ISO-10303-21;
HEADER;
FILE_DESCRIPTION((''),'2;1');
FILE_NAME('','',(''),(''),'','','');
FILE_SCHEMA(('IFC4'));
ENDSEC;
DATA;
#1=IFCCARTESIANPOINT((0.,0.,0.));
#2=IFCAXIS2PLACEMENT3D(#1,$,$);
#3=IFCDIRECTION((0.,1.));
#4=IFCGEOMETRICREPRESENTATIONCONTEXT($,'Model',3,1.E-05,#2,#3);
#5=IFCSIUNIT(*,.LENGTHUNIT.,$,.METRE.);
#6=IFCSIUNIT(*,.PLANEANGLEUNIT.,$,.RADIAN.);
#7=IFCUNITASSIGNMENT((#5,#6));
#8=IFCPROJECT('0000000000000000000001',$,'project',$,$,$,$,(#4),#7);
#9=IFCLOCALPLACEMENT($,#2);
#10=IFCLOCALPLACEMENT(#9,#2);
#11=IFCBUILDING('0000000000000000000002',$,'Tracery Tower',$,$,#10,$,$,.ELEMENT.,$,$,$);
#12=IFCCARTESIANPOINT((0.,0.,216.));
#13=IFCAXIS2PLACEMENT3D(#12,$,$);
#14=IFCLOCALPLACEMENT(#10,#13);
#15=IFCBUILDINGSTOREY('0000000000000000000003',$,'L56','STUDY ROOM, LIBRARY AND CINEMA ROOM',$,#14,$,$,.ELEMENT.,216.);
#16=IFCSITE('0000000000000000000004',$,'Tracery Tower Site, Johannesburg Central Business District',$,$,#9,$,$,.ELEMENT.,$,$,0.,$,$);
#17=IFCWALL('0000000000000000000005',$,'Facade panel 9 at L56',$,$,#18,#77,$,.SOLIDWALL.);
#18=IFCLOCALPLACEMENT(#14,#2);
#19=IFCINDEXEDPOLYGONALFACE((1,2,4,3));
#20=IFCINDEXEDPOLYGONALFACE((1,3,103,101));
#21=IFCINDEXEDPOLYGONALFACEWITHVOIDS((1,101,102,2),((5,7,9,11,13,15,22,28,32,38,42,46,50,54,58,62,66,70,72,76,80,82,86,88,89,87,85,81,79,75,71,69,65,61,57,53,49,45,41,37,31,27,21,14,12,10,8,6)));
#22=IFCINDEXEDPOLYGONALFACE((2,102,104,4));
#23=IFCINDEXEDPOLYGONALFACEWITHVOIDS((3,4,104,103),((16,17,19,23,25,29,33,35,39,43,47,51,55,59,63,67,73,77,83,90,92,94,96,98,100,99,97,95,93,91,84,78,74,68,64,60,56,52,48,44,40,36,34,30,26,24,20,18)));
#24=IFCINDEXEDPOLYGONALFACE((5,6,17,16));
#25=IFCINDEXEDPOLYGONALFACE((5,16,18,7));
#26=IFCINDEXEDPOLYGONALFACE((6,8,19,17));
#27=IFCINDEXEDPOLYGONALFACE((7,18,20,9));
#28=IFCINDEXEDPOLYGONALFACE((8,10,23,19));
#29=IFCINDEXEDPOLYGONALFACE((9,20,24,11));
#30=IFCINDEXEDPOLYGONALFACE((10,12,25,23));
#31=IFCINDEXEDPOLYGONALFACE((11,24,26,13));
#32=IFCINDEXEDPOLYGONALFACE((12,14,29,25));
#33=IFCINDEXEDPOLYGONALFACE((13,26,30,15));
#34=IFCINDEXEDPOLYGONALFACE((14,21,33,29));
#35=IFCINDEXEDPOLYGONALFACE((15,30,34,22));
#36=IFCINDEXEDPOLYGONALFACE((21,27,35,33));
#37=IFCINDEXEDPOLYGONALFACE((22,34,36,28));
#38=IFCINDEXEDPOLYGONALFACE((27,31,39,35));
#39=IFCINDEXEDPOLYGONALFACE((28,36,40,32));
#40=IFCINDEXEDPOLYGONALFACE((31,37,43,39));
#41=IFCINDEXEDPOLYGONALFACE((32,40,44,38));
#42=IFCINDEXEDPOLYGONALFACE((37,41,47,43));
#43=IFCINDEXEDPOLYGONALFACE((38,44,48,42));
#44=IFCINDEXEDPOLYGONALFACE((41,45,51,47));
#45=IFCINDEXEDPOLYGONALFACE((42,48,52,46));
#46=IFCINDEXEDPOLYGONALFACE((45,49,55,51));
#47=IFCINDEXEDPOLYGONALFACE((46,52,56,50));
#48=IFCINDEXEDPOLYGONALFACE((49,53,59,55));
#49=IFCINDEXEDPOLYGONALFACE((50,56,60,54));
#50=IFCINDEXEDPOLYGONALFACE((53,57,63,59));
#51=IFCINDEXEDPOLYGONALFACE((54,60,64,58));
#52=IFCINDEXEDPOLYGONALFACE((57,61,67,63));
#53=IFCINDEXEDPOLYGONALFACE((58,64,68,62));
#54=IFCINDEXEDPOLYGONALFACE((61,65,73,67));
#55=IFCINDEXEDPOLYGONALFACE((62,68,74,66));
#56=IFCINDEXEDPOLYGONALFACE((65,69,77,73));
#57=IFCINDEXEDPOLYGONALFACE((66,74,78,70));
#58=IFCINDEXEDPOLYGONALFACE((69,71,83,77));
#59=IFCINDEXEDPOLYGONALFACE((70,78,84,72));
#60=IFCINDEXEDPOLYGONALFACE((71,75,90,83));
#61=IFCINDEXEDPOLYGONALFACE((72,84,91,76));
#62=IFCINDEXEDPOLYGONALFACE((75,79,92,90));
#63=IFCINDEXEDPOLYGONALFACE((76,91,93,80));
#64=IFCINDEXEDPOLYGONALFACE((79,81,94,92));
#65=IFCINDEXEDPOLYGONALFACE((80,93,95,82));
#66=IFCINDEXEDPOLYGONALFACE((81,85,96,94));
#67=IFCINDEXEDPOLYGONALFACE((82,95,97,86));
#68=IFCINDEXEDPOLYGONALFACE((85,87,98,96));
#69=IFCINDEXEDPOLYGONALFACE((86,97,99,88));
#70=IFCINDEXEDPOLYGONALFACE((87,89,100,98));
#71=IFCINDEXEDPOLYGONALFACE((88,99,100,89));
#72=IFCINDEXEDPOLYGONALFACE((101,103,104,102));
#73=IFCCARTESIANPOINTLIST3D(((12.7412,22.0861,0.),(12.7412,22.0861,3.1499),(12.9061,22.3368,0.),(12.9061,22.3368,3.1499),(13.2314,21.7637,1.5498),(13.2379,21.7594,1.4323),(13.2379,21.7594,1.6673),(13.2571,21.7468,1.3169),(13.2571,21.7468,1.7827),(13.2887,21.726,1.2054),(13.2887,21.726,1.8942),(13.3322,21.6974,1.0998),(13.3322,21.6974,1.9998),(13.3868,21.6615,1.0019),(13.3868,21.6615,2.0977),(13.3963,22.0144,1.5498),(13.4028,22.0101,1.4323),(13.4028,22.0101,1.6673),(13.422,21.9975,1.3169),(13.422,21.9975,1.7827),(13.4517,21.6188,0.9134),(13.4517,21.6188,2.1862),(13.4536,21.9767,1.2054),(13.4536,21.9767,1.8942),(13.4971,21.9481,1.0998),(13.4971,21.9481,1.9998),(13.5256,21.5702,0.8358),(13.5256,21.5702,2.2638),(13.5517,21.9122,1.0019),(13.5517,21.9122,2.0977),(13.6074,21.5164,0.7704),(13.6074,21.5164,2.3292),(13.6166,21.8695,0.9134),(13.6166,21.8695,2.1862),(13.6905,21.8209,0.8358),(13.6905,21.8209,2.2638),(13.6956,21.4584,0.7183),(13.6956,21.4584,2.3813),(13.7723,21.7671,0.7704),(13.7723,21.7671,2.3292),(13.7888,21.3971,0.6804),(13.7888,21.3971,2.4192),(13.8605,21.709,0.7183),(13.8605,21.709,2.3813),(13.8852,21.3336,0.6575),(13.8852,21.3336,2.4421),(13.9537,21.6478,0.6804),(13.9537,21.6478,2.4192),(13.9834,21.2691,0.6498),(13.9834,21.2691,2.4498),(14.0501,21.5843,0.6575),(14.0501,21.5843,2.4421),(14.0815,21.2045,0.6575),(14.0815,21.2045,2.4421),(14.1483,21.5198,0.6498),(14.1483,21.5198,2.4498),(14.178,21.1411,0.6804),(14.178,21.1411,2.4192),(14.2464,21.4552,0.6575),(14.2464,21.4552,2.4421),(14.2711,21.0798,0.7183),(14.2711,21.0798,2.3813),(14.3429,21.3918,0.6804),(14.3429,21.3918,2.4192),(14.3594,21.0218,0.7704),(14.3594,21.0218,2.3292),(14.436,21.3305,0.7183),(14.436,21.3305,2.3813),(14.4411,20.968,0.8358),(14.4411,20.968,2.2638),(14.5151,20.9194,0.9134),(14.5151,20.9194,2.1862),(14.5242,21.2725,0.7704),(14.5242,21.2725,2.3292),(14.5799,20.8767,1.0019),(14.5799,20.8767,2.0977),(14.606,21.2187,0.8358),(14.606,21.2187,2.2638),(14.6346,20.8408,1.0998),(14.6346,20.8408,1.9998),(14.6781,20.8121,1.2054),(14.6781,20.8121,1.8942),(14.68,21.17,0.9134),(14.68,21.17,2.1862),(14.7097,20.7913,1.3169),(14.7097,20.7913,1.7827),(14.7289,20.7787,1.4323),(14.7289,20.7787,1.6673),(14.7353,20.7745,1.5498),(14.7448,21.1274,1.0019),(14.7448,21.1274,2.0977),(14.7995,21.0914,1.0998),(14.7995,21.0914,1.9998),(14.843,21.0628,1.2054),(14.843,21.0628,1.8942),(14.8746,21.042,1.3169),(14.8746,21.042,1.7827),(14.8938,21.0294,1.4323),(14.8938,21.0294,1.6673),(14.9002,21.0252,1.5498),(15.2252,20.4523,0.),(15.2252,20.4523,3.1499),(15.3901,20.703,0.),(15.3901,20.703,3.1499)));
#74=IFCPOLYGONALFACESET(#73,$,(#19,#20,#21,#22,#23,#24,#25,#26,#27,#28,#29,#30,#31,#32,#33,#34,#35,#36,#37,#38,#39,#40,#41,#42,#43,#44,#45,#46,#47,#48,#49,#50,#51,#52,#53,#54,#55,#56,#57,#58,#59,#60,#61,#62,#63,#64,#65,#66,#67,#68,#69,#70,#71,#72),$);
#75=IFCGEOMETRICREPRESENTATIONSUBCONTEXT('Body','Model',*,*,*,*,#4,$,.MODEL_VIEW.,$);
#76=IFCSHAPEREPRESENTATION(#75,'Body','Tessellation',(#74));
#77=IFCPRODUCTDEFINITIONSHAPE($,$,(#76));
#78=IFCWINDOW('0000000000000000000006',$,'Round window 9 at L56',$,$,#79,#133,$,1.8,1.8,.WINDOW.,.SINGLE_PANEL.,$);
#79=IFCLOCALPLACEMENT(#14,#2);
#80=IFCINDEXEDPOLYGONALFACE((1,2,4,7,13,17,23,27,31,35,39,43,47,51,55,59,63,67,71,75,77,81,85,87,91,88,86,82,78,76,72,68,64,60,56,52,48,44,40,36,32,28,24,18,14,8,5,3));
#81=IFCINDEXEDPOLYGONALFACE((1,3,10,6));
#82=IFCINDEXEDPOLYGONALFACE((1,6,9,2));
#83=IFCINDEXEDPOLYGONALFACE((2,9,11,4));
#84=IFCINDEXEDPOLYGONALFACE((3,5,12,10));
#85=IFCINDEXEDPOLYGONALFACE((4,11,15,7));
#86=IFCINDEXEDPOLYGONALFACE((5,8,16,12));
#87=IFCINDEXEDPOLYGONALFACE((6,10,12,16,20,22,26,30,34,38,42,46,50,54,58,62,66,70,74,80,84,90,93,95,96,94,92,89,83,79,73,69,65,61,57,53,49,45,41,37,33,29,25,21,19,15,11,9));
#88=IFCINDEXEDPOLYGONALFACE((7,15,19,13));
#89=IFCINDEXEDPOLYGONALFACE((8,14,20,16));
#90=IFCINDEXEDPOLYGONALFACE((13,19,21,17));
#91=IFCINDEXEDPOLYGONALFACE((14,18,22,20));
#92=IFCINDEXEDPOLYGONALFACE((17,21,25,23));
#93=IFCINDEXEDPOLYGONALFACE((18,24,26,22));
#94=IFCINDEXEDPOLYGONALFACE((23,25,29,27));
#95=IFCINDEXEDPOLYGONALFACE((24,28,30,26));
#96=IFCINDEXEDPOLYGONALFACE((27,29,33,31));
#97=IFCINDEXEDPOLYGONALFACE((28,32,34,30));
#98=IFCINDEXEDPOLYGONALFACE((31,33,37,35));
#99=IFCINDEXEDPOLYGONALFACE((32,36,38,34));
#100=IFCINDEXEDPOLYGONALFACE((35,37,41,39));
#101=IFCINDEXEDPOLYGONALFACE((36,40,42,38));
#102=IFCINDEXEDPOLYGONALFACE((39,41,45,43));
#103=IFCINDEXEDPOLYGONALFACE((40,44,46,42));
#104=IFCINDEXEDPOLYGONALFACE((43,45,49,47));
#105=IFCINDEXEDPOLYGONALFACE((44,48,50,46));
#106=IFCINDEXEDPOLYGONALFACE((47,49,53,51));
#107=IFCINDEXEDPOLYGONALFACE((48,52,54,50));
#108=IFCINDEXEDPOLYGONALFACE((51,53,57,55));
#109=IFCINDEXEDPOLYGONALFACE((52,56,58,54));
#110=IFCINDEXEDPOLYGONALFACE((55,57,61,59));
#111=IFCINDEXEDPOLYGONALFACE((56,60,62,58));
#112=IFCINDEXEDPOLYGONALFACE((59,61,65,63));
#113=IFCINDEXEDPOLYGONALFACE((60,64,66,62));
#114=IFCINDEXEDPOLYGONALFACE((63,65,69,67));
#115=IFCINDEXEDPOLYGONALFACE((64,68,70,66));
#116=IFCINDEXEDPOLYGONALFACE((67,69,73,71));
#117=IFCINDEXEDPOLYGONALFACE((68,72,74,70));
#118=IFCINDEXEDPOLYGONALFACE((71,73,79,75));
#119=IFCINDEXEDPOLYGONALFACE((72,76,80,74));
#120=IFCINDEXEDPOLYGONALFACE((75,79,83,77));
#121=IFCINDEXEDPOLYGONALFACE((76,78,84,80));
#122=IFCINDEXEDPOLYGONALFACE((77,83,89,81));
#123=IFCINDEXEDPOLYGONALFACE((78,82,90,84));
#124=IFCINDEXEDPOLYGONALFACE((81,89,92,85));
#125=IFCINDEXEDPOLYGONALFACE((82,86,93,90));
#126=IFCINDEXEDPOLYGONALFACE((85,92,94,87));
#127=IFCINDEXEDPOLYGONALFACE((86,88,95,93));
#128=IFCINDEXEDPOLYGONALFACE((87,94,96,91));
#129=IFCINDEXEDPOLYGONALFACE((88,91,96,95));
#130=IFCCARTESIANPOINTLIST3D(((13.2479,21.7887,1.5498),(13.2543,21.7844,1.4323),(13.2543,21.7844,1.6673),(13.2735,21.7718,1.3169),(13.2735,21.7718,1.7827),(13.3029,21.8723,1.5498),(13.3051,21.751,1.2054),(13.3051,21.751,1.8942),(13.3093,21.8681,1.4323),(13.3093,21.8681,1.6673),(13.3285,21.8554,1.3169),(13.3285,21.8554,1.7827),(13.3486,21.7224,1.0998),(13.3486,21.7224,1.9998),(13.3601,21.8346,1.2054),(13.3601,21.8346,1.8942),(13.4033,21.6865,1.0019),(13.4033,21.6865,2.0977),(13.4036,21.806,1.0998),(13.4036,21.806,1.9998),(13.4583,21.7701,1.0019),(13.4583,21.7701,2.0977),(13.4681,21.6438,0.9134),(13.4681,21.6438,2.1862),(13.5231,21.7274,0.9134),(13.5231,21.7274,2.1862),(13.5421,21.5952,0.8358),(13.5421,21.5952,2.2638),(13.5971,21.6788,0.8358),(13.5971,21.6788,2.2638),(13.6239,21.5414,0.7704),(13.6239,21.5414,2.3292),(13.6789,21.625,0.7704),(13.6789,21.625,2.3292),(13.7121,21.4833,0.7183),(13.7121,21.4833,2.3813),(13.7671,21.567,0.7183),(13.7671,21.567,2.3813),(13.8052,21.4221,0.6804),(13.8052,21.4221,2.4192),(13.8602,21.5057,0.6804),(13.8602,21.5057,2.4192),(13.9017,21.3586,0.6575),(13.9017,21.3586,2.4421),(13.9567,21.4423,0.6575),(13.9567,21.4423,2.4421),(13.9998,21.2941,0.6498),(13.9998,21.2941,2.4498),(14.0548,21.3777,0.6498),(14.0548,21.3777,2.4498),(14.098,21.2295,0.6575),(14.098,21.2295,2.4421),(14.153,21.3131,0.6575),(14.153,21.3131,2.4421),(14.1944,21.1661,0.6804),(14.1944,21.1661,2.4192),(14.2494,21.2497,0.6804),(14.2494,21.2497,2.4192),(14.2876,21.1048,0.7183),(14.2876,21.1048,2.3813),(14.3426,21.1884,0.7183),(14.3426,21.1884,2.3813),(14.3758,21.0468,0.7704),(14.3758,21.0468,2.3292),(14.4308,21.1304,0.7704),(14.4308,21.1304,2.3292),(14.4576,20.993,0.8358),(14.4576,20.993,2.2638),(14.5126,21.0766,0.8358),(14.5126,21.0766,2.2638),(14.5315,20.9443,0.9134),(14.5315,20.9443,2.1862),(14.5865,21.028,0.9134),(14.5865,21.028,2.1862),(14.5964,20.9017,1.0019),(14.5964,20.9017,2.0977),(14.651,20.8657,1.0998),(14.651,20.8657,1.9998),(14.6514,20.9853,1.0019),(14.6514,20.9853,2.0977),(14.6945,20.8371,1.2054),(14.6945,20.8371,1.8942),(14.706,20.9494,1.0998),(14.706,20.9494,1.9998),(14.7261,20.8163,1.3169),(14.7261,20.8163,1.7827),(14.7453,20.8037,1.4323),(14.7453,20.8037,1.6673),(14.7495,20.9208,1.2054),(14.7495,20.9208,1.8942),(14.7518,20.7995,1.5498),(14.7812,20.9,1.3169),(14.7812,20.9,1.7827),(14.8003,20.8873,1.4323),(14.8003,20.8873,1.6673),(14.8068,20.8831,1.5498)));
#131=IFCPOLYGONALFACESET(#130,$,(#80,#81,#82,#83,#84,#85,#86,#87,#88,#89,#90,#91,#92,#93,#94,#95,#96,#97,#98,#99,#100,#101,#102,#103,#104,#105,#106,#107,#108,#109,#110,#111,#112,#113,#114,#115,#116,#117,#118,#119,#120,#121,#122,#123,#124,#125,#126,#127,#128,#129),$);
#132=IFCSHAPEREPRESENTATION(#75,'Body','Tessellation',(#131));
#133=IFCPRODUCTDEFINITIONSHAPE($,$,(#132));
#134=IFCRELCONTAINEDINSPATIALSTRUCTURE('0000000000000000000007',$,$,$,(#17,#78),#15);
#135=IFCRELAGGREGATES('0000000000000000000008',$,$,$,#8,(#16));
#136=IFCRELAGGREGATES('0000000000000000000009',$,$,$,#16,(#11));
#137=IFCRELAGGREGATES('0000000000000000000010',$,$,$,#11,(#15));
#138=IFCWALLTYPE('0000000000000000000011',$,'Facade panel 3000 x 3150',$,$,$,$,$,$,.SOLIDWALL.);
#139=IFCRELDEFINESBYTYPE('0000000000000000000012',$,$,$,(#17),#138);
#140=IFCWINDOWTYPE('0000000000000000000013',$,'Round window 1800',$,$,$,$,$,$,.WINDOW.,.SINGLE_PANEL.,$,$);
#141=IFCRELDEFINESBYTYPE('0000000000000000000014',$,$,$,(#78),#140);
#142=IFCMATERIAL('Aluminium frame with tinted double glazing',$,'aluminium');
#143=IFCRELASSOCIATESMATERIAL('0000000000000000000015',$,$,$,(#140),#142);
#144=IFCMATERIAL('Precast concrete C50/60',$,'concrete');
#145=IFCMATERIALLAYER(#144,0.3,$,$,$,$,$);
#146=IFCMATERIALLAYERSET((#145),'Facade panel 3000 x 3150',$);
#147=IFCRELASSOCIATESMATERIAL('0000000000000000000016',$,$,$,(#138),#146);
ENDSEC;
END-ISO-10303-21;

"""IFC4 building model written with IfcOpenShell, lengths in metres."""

from ifc_helpers import new_model, si_unit, direction, frame, frame_2d, origin, origin_2d, place, context, subcontext, project, spatial, rectangle, circle, extrude, material, layer, layer_set, type_object, element, fill, save


model = new_model("IFC4")

# Units and contexts
model_context = context("Model", 3, precision=1e-05, world=origin(), true_north=direction((0.0, 1.0)))
body_context = subcontext(model_context, "Body", "Model", "MODEL_VIEW")
ifc_project = project(units=[si_unit("LENGTHUNIT", "METRE"), si_unit("PLANEANGLEUNIT", "RADIAN")], contexts=[model_context])

# Site, building, storey
site_placement = place(None, origin())
site = spatial("IfcSite", under=ifc_project, at=site_placement, Name="Tracery Tower Site, Johannesburg Central Business District", CompositionType="ELEMENT", RefElevation=0.0)
building_placement = place(site_placement, origin())
building = spatial("IfcBuilding", under=site, at=building_placement, Name="Tracery Tower", CompositionType="ELEMENT")
storey_placement = place(building_placement, frame((0.0, 0.0, 216.0)))
storey = spatial("IfcBuildingStorey", under=building, at=storey_placement, Name="L56", Description="STUDY ROOM, LIBRARY AND CINEMA ROOM", CompositionType="ELEMENT", Elevation=216.0)

# Wall, opening, window
ifc_material_1 = material(Name="Aluminium frame with tinted double glazing", Category="aluminium")
window_type = type_object("IfcWindowType", Name="Round window 1800", PartitioningType="SINGLE_PANEL", PredefinedType="WINDOW", material=ifc_material_1)
ifc_material_2 = material(Name="Precast concrete C50/60", Category="concrete")
ifc_layer_1 = layer(ifc_material_2, 0.3)
ifc_layer_set_1 = layer_set([ifc_layer_1], Name="Facade panel 3000 x 3150")
wall_type_1 = type_object("IfcWallType", Name="Facade panel 3000 x 3150", PredefinedType="SOLIDWALL", material=ifc_layer_set_1)
wall_1_placement = place(storey_placement, frame((15.3076, 20.5776, 0.0), z_axis=(0.0, 0.0, 1.0), x_axis=(-0.835471, 0.549535, 0.0)))
wall_1 = element("IfcWall", 1, at=wall_1_placement, inside=storey, type_object=wall_type_1, Name="Facade panel 9 at L56", PredefinedType="SOLIDWALL", context=body_context, shape_type="SweptSolid", body=[
    extrude(rectangle(XDim=2.9731, YDim=0.3, at=frame_2d((1.4866, 0.0))), origin(), (0.0, 0.0, 1.0), 3.1499),
])
opening_1_placement = place(wall_1_placement, frame((1.4863, 0.0, 1.5498)))
opening_1 = element("IfcOpeningElement", 2, at=opening_1_placement, cuts=wall_1, PredefinedType="OPENING", context=body_context, shape_type="SweptSolid", body=[
    extrude(circle(Radius=0.9, at=origin_2d()), frame((0.0, 0.1599, 0.0), z_axis=(0.0, -1.0, 0.0), x_axis=(1.0, 0.0, 0.0)), (0.0, 0.0, 1.0), 0.3201),
])
window_1_placement = place(opening_1_placement, origin())
window_1 = element("IfcWindow", 3, at=window_1_placement, inside=storey, type_object=window_type, Name="Round window 9 at L56", OverallHeight=1.8, OverallWidth=1.8, PartitioningType="SINGLE_PANEL", PredefinedType="WINDOW", context=body_context, shape_type="SweptSolid", body=[
    extrude(circle(Radius=0.9, at=origin_2d()), frame((0.0, 0.1201, 0.0), z_axis=(0.0, -1.0, 0.0), x_axis=(1.0, 0.0, 0.0)), (0.0, 0.0, 1.0), 0.1001),
])
fill(opening_1, window_1)

save(model, "model.ifc")
